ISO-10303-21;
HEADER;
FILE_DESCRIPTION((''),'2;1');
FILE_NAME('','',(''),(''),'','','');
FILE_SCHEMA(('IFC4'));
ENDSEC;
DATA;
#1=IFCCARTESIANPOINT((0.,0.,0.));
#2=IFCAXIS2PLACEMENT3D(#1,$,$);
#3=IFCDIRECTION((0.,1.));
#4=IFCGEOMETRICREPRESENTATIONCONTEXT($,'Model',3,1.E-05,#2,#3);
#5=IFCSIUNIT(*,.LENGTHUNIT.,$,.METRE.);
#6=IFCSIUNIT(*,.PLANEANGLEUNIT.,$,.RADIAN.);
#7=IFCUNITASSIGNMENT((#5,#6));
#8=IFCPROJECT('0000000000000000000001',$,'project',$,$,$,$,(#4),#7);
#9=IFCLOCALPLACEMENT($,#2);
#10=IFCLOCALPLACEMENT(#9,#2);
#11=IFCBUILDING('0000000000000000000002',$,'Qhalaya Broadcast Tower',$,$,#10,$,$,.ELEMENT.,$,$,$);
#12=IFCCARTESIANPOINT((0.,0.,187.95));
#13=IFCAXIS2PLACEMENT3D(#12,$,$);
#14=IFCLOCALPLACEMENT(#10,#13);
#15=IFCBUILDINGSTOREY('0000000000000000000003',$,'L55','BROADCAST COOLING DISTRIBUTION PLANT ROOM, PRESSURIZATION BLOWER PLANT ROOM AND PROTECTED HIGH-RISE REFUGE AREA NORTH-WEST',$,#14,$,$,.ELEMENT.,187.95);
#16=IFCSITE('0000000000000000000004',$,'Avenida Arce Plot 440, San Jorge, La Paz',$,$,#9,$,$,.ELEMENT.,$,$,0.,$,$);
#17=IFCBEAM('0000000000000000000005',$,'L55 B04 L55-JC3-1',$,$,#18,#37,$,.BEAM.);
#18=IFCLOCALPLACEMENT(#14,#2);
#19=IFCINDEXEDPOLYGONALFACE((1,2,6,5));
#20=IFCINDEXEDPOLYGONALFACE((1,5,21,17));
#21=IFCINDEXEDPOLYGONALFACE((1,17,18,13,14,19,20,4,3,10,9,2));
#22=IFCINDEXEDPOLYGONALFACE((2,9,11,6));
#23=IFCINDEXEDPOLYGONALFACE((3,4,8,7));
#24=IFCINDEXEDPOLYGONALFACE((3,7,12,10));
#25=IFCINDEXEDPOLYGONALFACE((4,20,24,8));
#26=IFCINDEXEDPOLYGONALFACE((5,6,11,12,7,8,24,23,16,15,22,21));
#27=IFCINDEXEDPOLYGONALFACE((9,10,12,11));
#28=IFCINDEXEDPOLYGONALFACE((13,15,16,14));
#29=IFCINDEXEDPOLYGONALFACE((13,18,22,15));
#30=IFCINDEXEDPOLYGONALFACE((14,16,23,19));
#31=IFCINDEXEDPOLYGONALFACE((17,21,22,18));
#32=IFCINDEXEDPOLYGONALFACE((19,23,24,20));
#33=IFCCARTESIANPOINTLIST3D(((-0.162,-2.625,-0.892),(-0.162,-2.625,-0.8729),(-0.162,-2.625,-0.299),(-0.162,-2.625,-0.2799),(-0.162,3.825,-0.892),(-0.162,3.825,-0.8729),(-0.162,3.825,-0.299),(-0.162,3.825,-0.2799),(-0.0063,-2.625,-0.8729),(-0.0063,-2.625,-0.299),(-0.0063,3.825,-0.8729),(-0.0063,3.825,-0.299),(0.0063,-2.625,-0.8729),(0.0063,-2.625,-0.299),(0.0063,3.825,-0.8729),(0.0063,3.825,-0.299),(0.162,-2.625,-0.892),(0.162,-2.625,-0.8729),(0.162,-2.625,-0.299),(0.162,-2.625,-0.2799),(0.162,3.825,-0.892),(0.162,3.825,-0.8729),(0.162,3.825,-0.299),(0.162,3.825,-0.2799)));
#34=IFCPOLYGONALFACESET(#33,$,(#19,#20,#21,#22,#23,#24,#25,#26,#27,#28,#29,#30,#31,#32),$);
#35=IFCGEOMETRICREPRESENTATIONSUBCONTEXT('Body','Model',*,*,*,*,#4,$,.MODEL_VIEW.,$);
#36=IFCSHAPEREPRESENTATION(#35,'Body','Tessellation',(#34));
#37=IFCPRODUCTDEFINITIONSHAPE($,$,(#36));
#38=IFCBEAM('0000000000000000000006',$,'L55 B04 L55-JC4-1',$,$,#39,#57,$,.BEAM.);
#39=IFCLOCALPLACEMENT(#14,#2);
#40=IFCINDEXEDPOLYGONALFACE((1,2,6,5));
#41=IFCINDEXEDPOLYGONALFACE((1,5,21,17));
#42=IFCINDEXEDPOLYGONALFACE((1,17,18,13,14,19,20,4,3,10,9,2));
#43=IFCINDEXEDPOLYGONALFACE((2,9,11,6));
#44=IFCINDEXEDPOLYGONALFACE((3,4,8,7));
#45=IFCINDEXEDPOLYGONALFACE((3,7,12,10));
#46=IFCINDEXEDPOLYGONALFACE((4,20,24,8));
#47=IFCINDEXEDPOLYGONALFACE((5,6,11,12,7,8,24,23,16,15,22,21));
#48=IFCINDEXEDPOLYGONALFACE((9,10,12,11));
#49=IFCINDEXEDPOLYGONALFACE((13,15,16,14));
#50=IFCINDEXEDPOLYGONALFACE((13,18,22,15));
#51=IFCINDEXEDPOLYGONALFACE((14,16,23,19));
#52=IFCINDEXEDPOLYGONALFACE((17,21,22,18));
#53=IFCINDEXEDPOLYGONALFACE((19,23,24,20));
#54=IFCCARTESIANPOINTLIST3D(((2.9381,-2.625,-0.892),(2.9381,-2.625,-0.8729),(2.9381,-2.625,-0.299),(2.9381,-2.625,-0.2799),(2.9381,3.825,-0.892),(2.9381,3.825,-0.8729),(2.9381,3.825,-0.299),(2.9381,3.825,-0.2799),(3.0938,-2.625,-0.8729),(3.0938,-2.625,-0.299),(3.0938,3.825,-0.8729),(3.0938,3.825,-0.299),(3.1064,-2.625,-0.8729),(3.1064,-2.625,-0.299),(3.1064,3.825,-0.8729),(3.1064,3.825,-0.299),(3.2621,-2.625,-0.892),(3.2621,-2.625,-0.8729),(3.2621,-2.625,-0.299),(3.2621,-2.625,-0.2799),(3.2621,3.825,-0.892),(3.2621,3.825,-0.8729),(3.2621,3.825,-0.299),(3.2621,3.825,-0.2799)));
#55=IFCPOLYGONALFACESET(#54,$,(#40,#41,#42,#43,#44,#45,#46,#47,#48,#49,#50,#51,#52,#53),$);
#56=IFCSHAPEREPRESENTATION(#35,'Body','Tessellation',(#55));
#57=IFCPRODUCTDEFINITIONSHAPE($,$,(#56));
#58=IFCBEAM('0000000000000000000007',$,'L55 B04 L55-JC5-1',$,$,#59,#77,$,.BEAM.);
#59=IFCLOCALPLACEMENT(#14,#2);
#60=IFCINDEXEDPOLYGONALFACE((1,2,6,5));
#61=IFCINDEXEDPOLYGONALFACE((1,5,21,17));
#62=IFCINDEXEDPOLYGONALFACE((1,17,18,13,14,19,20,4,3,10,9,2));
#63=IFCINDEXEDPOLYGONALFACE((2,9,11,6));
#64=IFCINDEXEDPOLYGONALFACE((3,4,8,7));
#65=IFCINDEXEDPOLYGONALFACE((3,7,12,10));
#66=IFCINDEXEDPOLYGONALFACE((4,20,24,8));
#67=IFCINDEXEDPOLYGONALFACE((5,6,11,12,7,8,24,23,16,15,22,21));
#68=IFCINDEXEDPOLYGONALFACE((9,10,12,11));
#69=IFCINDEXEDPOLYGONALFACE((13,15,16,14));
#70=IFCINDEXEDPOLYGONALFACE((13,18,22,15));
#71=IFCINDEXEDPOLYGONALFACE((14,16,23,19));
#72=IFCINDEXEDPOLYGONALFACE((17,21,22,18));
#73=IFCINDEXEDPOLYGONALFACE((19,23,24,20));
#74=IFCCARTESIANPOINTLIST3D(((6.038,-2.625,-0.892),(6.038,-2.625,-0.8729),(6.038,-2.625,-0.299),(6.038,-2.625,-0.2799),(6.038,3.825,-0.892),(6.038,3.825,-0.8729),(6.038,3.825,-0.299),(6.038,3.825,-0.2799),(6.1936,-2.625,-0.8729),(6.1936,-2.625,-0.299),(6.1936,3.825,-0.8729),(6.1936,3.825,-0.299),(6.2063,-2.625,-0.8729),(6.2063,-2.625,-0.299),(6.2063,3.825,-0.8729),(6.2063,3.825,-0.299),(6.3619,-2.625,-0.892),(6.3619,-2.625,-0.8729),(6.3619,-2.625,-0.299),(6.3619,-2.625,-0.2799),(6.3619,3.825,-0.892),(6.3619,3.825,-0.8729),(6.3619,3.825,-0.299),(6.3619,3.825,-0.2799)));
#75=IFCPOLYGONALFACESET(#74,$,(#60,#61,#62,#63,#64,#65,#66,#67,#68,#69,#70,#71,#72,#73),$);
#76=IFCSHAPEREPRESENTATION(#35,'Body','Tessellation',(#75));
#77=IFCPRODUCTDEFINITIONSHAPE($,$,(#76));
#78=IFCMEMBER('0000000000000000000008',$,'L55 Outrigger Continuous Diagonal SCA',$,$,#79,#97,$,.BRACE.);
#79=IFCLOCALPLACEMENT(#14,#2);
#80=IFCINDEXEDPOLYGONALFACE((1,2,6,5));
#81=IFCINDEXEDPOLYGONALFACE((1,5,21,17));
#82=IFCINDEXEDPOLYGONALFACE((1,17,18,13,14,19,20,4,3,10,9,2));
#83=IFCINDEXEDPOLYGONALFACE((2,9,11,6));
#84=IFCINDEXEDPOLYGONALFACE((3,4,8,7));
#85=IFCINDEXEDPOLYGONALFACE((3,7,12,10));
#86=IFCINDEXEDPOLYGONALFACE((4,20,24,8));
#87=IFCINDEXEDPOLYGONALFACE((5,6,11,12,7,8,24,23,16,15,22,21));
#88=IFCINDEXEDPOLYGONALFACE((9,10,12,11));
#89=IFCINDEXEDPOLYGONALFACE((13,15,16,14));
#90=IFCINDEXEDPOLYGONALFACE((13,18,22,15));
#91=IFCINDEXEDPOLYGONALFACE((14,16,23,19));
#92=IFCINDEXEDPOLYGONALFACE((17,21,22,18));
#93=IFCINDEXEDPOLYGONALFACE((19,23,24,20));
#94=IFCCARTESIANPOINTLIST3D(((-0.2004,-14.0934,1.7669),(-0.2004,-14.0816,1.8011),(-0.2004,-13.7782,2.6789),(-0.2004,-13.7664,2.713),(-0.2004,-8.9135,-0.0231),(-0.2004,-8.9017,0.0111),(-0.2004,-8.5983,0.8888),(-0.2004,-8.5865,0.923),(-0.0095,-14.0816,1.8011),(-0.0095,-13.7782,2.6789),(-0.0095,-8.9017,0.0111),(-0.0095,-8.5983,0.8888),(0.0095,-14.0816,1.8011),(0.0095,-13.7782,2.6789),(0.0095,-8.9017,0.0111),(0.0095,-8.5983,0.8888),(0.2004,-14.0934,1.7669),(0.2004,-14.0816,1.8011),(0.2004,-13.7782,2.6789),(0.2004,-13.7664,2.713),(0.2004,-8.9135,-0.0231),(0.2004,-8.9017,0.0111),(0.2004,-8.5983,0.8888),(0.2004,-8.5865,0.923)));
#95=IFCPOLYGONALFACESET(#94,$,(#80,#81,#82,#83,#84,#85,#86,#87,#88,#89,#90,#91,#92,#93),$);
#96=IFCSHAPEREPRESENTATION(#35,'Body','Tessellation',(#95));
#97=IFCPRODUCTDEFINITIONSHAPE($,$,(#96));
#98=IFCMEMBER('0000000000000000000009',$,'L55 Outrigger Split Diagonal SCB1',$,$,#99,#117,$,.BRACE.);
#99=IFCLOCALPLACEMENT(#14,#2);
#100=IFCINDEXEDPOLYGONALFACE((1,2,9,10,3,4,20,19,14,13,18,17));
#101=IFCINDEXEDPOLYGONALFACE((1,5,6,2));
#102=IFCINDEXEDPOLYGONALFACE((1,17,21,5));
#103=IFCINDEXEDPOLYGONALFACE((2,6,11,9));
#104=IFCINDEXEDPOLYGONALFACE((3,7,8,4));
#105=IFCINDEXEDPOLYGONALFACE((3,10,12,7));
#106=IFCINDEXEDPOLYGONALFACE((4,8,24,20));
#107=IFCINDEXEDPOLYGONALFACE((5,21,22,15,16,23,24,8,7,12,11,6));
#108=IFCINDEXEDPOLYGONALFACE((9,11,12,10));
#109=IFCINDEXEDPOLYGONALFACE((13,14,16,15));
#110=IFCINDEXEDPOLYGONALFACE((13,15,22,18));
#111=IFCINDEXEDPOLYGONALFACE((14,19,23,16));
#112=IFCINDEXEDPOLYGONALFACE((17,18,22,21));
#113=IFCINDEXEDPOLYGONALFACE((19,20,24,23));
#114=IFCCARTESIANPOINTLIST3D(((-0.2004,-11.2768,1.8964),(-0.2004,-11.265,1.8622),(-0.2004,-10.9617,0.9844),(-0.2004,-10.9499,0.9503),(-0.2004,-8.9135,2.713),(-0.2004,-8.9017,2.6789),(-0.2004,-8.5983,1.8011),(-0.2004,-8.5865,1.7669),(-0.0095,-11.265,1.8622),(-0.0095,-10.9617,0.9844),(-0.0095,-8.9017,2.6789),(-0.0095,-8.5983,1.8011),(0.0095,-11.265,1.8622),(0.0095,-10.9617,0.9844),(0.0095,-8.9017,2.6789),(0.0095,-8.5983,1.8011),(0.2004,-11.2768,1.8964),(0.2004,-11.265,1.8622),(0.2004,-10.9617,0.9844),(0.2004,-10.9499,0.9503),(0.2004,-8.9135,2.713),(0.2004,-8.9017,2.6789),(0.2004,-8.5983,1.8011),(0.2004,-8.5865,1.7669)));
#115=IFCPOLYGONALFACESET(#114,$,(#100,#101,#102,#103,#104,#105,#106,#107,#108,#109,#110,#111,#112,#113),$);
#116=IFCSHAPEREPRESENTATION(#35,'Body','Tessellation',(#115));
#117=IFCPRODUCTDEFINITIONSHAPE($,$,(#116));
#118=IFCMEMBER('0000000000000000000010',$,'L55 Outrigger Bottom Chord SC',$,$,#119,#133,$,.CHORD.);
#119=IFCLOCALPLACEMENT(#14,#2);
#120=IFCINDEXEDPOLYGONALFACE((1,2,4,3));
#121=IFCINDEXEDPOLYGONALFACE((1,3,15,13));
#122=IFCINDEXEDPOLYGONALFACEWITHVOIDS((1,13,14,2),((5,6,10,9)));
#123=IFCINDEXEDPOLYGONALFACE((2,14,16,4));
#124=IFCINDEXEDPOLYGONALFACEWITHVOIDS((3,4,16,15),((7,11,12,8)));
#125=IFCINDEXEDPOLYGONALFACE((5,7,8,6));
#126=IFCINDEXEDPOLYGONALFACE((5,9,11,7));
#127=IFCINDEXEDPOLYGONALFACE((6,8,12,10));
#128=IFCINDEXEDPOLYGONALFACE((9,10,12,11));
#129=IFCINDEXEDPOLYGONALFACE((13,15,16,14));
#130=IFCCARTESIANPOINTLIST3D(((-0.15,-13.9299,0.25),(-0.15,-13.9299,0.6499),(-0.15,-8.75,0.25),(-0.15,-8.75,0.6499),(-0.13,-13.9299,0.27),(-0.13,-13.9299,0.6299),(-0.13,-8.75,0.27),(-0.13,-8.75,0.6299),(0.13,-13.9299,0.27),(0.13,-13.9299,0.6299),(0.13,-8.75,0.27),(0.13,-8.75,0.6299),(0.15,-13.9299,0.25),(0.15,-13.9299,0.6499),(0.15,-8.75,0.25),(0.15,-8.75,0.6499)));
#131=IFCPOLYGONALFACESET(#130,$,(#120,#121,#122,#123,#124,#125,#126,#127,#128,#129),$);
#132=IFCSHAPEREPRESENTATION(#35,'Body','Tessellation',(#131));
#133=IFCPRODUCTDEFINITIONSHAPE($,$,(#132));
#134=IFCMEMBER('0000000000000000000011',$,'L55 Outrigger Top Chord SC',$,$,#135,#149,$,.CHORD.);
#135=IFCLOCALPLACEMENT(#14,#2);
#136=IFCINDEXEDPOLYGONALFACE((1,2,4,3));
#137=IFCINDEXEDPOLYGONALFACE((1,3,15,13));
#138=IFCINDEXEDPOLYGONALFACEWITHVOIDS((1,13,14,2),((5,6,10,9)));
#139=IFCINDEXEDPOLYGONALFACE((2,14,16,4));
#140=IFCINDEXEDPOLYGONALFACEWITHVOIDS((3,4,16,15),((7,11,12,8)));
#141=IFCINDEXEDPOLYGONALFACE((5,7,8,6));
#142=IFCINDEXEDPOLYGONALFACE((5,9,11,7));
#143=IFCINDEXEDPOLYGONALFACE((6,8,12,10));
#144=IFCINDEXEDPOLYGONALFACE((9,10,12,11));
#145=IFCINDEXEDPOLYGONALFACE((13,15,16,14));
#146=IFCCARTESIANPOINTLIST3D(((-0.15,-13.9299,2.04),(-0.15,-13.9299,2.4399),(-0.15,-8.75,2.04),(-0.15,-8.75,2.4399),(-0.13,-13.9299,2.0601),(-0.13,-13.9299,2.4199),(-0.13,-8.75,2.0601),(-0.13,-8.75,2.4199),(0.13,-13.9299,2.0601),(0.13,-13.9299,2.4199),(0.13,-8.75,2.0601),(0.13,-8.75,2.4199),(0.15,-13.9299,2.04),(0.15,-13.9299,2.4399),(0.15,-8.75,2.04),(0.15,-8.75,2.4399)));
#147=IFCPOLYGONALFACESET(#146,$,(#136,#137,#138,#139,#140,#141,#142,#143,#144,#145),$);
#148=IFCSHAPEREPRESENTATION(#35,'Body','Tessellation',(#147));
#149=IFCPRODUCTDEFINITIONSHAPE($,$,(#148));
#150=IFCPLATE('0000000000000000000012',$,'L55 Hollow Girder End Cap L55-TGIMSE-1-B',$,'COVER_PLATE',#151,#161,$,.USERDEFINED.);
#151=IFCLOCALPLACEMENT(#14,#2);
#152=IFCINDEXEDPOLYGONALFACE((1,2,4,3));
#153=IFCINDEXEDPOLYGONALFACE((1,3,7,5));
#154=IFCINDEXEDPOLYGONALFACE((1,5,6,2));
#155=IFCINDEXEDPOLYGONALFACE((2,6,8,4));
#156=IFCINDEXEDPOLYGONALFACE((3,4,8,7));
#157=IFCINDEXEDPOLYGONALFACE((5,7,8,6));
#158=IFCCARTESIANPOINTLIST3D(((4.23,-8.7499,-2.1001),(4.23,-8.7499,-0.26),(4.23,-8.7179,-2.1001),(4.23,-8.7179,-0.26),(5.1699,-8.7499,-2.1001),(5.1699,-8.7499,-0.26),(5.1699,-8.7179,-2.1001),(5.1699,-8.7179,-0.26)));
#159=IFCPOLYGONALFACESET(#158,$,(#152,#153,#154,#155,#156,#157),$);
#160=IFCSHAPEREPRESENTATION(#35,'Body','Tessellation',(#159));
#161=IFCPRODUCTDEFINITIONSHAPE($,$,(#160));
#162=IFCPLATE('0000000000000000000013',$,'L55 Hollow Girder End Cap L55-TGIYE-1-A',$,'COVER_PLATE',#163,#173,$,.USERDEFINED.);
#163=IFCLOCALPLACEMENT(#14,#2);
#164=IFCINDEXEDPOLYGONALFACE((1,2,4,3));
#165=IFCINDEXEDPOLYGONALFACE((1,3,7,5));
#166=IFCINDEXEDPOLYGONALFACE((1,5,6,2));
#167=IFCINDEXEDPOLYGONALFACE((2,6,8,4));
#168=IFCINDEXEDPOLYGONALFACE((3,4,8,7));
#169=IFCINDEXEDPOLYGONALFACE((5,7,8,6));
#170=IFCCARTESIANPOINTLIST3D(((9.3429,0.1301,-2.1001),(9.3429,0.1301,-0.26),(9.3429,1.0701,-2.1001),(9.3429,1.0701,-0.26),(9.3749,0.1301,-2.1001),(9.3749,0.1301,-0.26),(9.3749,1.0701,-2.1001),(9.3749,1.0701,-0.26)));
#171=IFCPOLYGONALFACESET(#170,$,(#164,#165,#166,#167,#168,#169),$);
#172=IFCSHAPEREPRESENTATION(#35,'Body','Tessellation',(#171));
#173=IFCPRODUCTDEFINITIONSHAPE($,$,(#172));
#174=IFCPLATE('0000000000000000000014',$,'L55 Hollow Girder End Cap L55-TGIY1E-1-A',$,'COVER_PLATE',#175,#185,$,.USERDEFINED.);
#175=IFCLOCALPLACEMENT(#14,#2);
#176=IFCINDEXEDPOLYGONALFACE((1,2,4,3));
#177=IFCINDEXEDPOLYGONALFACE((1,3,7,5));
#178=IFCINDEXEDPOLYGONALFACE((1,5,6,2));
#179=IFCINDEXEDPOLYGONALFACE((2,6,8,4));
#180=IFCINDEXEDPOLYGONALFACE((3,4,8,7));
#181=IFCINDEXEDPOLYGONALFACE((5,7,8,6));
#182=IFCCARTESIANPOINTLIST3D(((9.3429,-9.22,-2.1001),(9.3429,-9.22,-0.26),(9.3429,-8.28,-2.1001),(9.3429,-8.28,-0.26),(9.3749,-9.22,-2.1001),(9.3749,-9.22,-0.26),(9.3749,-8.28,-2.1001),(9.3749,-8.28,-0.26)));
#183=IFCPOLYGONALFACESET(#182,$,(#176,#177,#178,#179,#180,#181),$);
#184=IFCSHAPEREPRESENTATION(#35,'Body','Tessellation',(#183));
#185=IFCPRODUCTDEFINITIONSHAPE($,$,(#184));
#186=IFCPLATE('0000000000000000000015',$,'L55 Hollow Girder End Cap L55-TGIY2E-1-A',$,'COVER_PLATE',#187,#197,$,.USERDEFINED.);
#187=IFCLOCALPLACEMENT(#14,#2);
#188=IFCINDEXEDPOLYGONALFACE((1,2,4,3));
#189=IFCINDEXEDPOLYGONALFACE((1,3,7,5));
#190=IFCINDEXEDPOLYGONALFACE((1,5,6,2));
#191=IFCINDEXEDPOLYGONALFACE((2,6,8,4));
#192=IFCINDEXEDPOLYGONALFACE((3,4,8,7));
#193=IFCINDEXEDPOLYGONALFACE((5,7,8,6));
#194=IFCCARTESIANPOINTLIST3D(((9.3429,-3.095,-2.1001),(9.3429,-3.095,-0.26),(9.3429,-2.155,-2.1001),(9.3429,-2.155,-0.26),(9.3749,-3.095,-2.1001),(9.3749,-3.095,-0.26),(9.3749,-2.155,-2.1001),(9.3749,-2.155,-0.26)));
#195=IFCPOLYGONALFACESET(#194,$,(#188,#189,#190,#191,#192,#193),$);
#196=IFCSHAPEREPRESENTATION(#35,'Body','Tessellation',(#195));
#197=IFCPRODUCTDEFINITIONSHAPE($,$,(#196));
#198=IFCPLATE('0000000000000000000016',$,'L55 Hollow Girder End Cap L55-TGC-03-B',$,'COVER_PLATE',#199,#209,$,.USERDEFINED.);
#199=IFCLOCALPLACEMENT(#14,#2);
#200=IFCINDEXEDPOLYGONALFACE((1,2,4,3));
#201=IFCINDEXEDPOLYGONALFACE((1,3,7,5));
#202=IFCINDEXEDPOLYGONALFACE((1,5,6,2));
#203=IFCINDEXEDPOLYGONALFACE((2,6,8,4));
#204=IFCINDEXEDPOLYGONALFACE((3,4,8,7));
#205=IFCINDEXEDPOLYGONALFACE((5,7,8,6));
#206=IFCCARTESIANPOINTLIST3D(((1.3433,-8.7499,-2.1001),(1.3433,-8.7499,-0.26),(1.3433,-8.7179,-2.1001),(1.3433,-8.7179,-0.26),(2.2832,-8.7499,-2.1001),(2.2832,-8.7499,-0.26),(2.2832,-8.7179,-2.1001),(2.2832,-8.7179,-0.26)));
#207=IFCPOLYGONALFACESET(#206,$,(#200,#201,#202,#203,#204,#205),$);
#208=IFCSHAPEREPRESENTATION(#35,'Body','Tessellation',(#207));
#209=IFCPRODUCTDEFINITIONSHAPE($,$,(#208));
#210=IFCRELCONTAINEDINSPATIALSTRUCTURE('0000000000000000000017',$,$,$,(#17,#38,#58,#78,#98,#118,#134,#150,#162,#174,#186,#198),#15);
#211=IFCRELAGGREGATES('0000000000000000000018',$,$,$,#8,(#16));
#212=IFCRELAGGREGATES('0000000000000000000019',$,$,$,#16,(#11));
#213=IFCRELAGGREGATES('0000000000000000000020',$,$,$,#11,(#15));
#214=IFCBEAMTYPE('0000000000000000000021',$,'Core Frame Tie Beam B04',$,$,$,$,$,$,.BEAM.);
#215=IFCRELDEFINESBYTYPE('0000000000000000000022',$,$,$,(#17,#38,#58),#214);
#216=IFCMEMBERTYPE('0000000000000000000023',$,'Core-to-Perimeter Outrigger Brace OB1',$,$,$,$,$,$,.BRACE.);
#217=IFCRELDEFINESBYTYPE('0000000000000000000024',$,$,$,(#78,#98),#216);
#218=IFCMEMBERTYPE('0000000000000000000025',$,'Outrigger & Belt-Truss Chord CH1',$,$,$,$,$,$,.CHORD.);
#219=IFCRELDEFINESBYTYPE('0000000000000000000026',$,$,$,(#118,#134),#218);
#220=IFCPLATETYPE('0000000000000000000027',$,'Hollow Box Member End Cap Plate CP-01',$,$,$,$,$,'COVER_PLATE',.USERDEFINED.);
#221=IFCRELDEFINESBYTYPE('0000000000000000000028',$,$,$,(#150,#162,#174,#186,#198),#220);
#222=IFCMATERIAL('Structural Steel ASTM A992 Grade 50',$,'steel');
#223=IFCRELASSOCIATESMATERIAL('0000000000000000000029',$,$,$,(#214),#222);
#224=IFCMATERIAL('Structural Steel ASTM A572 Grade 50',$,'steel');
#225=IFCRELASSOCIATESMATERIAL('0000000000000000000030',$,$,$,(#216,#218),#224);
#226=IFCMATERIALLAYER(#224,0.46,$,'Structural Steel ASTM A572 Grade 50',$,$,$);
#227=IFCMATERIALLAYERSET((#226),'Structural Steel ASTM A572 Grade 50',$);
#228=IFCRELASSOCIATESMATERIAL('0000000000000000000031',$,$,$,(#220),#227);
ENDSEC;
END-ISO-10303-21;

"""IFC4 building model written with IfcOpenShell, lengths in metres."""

from ifc_helpers import new_model, si_unit, direction, frame, origin, origin_2d, place, context, subcontext, project, spatial, rectangle, hollow_rectangle, i_section, extrude, material, layer, layer_set, material_profile, profile_set, type_object, element, save


model = new_model("IFC4")

# Units and contexts
model_context = context("Model", 3, precision=1e-05, world=origin(), true_north=direction((0.0, 1.0)))
body_context = subcontext(model_context, "Body", "Model", "MODEL_VIEW")
ifc_project = project(units=[si_unit("LENGTHUNIT", "METRE"), si_unit("PLANEANGLEUNIT", "RADIAN")], contexts=[model_context])

# Site, building, storey
site_placement = place(None, origin())
site = spatial("IfcSite", under=ifc_project, at=site_placement, Name="Avenida Arce Plot 440, San Jorge, La Paz", CompositionType="ELEMENT", RefElevation=0.0)
building_placement = place(site_placement, origin())
building = spatial("IfcBuilding", under=site, at=building_placement, Name="Qhalaya Broadcast Tower", CompositionType="ELEMENT")
storey_placement = place(building_placement, frame((0.0, 0.0, 187.95)))
storey = spatial("IfcBuildingStorey", under=building, at=storey_placement, Name="L55", Description="BROADCAST COOLING DISTRIBUTION PLANT ROOM, PRESSURIZATION BLOWER PLANT ROOM AND PROTECTED HIGH-RISE REFUGE AREA NORTH-WEST", CompositionType="ELEMENT", Elevation=187.95)

# Beams
ifc_material_1 = material(Name="Structural Steel ASTM A992 Grade 50", Category="steel")
ifc_material_profile_1 = material_profile(ifc_material_1, i_section(OverallWidth=0.324, OverallDepth=0.6121, WebThickness=0.0127, FlangeThickness=0.019, at=origin_2d()), Name="W24X104")
ifc_profile_set_1 = profile_set([ifc_material_profile_1], Name="Structural Steel ASTM A992 Grade 50")
beam_type = type_object("IfcBeamType", Name="Core Frame Tie Beam B04", PredefinedType="BEAM", material=ifc_profile_set_1)
for number, where, z_axis, x_axis, name in (
    (1, (0.0, -2.625, -0.5859), (0.0, 1.0, 0.0), (-1.0, 0.0, 0.0), "L55 B04 L55-JC3-1"),
    (2, (3.1001, -2.625, -0.5859), (0.0, 1.0, 0.0), (-1.0, 0.0, 0.0), "L55 B04 L55-JC4-1"),
    (3, (6.2, -2.625, -0.5859), (0.0, 1.0, 0.0), (-1.0, 0.0, 0.0), "L55 B04 L55-JC5-1"),
):
    element("IfcBeam", number, at=place(storey_placement, frame(where, z_axis=z_axis, x_axis=x_axis)), inside=storey, type_object=beam_type, Name=name, PredefinedType="BEAM", context=body_context, shape_type="SweptSolid", body=[
        extrude(i_section(OverallWidth=0.324, OverallDepth=0.6121, WebThickness=0.0127, FlangeThickness=0.019, at=origin_2d()), origin(), (0.0, 0.0, 1.0), 6.45),
    ])

# Members
ifc_material_2 = material(Name="Structural Steel ASTM A572 Grade 50", Category="steel")
ifc_material_profile_2 = material_profile(ifc_material_2, i_section(OverallWidth=0.4009, OverallDepth=1.001, WebThickness=0.019, FlangeThickness=0.0361, at=origin_2d()), Name="W40X249")
ifc_profile_set_2 = profile_set([ifc_material_profile_2], Name="Structural Steel ASTM A572 Grade 50")
member_type_1 = type_object("IfcMemberType", Name="Core-to-Perimeter Outrigger Brace OB1", PredefinedType="BRACE", material=ifc_profile_set_2)
member_1_placement = place(storey_placement, frame((0.0, -8.75, 0.45), z_axis=(0.0, -0.945156, 0.326619), x_axis=(1.0, 0.0, 0.0)))
element("IfcMember", 4, at=member_1_placement, inside=storey, type_object=member_type_1, Name="L55 Outrigger Continuous Diagonal SCA", PredefinedType="BRACE", context=body_context, shape_type="SweptSolid", body=[
    extrude(i_section(OverallWidth=0.4009, OverallDepth=1.001, WebThickness=0.019, FlangeThickness=0.0361, at=origin_2d()), origin(), (0.0, 0.0, 1.0), 5.4805),
])
member_2_placement = place(storey_placement, frame((0.0, -8.75, 2.24), z_axis=(0.0, -0.94516, -0.326607), x_axis=(1.0, 0.0, 0.0)))
element("IfcMember", 5, at=member_2_placement, inside=storey, type_object=member_type_1, Name="L55 Outrigger Split Diagonal SCB1", PredefinedType="BRACE", context=body_context, shape_type="SweptSolid", body=[
    extrude(i_section(OverallWidth=0.4009, OverallDepth=1.001, WebThickness=0.019, FlangeThickness=0.0361, at=origin_2d()), origin(), (0.0, 0.0, 1.0), 2.5005),
])
ifc_material_profile_3 = material_profile(ifc_material_2, hollow_rectangle(XDim=0.3, YDim=0.3999, WallThickness=0.02, at=origin_2d()), Name="HSS 300x400x20")
ifc_profile_set_3 = profile_set([ifc_material_profile_3], Name="Structural Steel ASTM A572 Grade 50")
member_type_2 = type_object("IfcMemberType", Name="Outrigger & Belt-Truss Chord CH1", PredefinedType="CHORD", material=ifc_profile_set_3)
for number, where, z_axis, x_axis, name in (
    (6, (0.0, -8.75, 0.45), (0.0, -1.0, 0.0), (1.0, 0.0, 0.0), "L55 Outrigger Bottom Chord SC"),
    (7, (0.0, -8.75, 2.24), (0.0, -1.0, 0.0), (1.0, 0.0, 0.0), "L55 Outrigger Top Chord SC"),
):
    element("IfcMember", number, at=place(storey_placement, frame(where, z_axis=z_axis, x_axis=x_axis)), inside=storey, type_object=member_type_2, Name=name, PredefinedType="CHORD", context=body_context, shape_type="SweptSolid", body=[
        extrude(hollow_rectangle(XDim=0.3, YDim=0.3999, WallThickness=0.02, at=origin_2d()), origin(), (0.0, 0.0, 1.0), 5.1799),
    ])

# Plates
ifc_layer_1 = layer(ifc_material_2, 0.46, Name="Structural Steel ASTM A572 Grade 50")
ifc_layer_set_1 = layer_set([ifc_layer_1], Name="Structural Steel ASTM A572 Grade 50")
plate_type_1 = type_object("IfcPlateType", Name="Hollow Box Member End Cap Plate CP-01", ElementType="COVER_PLATE", PredefinedType="USERDEFINED", material=ifc_layer_set_1)
for number, where, z_axis, x_axis, name in (
    (8, (4.7, -8.7339, -2.1001), (0.0, 0.0, 1.0), (-1.0, 0.0, 0.0), "L55 Hollow Girder End Cap L55-TGIMSE-1-B"),
    (9, (9.3589, 0.6001, -2.1001), (0.0, 0.0, 1.0), (0.0, 1.0, 0.0), "L55 Hollow Girder End Cap L55-TGIYE-1-A"),
    (10, (9.3589, -8.75, -2.1001), (0.0, 0.0, 1.0), (0.0, 1.0, 0.0), "L55 Hollow Girder End Cap L55-TGIY1E-1-A"),
    (11, (9.3589, -2.625, -2.1001), (0.0, 0.0, 1.0), (0.0, 1.0, 0.0), "L55 Hollow Girder End Cap L55-TGIY2E-1-A"),
    (12, (1.8132, -8.7339, -2.1001), (0.0, 0.0, 1.0), (-1.0, 0.0, 0.0), "L55 Hollow Girder End Cap L55-TGC-03-B"),
):
    element("IfcPlate", number, at=place(storey_placement, frame(where, z_axis=z_axis, x_axis=x_axis)), inside=storey, type_object=plate_type_1, Name=name, ObjectType="COVER_PLATE", PredefinedType="USERDEFINED", context=body_context, shape_type="SweptSolid", body=[
        extrude(rectangle(XDim=0.9399, YDim=0.032, at=origin_2d()), origin(), (0.0, 0.0, 1.0), 1.8401),
    ])

save(model, "model.ifc")
